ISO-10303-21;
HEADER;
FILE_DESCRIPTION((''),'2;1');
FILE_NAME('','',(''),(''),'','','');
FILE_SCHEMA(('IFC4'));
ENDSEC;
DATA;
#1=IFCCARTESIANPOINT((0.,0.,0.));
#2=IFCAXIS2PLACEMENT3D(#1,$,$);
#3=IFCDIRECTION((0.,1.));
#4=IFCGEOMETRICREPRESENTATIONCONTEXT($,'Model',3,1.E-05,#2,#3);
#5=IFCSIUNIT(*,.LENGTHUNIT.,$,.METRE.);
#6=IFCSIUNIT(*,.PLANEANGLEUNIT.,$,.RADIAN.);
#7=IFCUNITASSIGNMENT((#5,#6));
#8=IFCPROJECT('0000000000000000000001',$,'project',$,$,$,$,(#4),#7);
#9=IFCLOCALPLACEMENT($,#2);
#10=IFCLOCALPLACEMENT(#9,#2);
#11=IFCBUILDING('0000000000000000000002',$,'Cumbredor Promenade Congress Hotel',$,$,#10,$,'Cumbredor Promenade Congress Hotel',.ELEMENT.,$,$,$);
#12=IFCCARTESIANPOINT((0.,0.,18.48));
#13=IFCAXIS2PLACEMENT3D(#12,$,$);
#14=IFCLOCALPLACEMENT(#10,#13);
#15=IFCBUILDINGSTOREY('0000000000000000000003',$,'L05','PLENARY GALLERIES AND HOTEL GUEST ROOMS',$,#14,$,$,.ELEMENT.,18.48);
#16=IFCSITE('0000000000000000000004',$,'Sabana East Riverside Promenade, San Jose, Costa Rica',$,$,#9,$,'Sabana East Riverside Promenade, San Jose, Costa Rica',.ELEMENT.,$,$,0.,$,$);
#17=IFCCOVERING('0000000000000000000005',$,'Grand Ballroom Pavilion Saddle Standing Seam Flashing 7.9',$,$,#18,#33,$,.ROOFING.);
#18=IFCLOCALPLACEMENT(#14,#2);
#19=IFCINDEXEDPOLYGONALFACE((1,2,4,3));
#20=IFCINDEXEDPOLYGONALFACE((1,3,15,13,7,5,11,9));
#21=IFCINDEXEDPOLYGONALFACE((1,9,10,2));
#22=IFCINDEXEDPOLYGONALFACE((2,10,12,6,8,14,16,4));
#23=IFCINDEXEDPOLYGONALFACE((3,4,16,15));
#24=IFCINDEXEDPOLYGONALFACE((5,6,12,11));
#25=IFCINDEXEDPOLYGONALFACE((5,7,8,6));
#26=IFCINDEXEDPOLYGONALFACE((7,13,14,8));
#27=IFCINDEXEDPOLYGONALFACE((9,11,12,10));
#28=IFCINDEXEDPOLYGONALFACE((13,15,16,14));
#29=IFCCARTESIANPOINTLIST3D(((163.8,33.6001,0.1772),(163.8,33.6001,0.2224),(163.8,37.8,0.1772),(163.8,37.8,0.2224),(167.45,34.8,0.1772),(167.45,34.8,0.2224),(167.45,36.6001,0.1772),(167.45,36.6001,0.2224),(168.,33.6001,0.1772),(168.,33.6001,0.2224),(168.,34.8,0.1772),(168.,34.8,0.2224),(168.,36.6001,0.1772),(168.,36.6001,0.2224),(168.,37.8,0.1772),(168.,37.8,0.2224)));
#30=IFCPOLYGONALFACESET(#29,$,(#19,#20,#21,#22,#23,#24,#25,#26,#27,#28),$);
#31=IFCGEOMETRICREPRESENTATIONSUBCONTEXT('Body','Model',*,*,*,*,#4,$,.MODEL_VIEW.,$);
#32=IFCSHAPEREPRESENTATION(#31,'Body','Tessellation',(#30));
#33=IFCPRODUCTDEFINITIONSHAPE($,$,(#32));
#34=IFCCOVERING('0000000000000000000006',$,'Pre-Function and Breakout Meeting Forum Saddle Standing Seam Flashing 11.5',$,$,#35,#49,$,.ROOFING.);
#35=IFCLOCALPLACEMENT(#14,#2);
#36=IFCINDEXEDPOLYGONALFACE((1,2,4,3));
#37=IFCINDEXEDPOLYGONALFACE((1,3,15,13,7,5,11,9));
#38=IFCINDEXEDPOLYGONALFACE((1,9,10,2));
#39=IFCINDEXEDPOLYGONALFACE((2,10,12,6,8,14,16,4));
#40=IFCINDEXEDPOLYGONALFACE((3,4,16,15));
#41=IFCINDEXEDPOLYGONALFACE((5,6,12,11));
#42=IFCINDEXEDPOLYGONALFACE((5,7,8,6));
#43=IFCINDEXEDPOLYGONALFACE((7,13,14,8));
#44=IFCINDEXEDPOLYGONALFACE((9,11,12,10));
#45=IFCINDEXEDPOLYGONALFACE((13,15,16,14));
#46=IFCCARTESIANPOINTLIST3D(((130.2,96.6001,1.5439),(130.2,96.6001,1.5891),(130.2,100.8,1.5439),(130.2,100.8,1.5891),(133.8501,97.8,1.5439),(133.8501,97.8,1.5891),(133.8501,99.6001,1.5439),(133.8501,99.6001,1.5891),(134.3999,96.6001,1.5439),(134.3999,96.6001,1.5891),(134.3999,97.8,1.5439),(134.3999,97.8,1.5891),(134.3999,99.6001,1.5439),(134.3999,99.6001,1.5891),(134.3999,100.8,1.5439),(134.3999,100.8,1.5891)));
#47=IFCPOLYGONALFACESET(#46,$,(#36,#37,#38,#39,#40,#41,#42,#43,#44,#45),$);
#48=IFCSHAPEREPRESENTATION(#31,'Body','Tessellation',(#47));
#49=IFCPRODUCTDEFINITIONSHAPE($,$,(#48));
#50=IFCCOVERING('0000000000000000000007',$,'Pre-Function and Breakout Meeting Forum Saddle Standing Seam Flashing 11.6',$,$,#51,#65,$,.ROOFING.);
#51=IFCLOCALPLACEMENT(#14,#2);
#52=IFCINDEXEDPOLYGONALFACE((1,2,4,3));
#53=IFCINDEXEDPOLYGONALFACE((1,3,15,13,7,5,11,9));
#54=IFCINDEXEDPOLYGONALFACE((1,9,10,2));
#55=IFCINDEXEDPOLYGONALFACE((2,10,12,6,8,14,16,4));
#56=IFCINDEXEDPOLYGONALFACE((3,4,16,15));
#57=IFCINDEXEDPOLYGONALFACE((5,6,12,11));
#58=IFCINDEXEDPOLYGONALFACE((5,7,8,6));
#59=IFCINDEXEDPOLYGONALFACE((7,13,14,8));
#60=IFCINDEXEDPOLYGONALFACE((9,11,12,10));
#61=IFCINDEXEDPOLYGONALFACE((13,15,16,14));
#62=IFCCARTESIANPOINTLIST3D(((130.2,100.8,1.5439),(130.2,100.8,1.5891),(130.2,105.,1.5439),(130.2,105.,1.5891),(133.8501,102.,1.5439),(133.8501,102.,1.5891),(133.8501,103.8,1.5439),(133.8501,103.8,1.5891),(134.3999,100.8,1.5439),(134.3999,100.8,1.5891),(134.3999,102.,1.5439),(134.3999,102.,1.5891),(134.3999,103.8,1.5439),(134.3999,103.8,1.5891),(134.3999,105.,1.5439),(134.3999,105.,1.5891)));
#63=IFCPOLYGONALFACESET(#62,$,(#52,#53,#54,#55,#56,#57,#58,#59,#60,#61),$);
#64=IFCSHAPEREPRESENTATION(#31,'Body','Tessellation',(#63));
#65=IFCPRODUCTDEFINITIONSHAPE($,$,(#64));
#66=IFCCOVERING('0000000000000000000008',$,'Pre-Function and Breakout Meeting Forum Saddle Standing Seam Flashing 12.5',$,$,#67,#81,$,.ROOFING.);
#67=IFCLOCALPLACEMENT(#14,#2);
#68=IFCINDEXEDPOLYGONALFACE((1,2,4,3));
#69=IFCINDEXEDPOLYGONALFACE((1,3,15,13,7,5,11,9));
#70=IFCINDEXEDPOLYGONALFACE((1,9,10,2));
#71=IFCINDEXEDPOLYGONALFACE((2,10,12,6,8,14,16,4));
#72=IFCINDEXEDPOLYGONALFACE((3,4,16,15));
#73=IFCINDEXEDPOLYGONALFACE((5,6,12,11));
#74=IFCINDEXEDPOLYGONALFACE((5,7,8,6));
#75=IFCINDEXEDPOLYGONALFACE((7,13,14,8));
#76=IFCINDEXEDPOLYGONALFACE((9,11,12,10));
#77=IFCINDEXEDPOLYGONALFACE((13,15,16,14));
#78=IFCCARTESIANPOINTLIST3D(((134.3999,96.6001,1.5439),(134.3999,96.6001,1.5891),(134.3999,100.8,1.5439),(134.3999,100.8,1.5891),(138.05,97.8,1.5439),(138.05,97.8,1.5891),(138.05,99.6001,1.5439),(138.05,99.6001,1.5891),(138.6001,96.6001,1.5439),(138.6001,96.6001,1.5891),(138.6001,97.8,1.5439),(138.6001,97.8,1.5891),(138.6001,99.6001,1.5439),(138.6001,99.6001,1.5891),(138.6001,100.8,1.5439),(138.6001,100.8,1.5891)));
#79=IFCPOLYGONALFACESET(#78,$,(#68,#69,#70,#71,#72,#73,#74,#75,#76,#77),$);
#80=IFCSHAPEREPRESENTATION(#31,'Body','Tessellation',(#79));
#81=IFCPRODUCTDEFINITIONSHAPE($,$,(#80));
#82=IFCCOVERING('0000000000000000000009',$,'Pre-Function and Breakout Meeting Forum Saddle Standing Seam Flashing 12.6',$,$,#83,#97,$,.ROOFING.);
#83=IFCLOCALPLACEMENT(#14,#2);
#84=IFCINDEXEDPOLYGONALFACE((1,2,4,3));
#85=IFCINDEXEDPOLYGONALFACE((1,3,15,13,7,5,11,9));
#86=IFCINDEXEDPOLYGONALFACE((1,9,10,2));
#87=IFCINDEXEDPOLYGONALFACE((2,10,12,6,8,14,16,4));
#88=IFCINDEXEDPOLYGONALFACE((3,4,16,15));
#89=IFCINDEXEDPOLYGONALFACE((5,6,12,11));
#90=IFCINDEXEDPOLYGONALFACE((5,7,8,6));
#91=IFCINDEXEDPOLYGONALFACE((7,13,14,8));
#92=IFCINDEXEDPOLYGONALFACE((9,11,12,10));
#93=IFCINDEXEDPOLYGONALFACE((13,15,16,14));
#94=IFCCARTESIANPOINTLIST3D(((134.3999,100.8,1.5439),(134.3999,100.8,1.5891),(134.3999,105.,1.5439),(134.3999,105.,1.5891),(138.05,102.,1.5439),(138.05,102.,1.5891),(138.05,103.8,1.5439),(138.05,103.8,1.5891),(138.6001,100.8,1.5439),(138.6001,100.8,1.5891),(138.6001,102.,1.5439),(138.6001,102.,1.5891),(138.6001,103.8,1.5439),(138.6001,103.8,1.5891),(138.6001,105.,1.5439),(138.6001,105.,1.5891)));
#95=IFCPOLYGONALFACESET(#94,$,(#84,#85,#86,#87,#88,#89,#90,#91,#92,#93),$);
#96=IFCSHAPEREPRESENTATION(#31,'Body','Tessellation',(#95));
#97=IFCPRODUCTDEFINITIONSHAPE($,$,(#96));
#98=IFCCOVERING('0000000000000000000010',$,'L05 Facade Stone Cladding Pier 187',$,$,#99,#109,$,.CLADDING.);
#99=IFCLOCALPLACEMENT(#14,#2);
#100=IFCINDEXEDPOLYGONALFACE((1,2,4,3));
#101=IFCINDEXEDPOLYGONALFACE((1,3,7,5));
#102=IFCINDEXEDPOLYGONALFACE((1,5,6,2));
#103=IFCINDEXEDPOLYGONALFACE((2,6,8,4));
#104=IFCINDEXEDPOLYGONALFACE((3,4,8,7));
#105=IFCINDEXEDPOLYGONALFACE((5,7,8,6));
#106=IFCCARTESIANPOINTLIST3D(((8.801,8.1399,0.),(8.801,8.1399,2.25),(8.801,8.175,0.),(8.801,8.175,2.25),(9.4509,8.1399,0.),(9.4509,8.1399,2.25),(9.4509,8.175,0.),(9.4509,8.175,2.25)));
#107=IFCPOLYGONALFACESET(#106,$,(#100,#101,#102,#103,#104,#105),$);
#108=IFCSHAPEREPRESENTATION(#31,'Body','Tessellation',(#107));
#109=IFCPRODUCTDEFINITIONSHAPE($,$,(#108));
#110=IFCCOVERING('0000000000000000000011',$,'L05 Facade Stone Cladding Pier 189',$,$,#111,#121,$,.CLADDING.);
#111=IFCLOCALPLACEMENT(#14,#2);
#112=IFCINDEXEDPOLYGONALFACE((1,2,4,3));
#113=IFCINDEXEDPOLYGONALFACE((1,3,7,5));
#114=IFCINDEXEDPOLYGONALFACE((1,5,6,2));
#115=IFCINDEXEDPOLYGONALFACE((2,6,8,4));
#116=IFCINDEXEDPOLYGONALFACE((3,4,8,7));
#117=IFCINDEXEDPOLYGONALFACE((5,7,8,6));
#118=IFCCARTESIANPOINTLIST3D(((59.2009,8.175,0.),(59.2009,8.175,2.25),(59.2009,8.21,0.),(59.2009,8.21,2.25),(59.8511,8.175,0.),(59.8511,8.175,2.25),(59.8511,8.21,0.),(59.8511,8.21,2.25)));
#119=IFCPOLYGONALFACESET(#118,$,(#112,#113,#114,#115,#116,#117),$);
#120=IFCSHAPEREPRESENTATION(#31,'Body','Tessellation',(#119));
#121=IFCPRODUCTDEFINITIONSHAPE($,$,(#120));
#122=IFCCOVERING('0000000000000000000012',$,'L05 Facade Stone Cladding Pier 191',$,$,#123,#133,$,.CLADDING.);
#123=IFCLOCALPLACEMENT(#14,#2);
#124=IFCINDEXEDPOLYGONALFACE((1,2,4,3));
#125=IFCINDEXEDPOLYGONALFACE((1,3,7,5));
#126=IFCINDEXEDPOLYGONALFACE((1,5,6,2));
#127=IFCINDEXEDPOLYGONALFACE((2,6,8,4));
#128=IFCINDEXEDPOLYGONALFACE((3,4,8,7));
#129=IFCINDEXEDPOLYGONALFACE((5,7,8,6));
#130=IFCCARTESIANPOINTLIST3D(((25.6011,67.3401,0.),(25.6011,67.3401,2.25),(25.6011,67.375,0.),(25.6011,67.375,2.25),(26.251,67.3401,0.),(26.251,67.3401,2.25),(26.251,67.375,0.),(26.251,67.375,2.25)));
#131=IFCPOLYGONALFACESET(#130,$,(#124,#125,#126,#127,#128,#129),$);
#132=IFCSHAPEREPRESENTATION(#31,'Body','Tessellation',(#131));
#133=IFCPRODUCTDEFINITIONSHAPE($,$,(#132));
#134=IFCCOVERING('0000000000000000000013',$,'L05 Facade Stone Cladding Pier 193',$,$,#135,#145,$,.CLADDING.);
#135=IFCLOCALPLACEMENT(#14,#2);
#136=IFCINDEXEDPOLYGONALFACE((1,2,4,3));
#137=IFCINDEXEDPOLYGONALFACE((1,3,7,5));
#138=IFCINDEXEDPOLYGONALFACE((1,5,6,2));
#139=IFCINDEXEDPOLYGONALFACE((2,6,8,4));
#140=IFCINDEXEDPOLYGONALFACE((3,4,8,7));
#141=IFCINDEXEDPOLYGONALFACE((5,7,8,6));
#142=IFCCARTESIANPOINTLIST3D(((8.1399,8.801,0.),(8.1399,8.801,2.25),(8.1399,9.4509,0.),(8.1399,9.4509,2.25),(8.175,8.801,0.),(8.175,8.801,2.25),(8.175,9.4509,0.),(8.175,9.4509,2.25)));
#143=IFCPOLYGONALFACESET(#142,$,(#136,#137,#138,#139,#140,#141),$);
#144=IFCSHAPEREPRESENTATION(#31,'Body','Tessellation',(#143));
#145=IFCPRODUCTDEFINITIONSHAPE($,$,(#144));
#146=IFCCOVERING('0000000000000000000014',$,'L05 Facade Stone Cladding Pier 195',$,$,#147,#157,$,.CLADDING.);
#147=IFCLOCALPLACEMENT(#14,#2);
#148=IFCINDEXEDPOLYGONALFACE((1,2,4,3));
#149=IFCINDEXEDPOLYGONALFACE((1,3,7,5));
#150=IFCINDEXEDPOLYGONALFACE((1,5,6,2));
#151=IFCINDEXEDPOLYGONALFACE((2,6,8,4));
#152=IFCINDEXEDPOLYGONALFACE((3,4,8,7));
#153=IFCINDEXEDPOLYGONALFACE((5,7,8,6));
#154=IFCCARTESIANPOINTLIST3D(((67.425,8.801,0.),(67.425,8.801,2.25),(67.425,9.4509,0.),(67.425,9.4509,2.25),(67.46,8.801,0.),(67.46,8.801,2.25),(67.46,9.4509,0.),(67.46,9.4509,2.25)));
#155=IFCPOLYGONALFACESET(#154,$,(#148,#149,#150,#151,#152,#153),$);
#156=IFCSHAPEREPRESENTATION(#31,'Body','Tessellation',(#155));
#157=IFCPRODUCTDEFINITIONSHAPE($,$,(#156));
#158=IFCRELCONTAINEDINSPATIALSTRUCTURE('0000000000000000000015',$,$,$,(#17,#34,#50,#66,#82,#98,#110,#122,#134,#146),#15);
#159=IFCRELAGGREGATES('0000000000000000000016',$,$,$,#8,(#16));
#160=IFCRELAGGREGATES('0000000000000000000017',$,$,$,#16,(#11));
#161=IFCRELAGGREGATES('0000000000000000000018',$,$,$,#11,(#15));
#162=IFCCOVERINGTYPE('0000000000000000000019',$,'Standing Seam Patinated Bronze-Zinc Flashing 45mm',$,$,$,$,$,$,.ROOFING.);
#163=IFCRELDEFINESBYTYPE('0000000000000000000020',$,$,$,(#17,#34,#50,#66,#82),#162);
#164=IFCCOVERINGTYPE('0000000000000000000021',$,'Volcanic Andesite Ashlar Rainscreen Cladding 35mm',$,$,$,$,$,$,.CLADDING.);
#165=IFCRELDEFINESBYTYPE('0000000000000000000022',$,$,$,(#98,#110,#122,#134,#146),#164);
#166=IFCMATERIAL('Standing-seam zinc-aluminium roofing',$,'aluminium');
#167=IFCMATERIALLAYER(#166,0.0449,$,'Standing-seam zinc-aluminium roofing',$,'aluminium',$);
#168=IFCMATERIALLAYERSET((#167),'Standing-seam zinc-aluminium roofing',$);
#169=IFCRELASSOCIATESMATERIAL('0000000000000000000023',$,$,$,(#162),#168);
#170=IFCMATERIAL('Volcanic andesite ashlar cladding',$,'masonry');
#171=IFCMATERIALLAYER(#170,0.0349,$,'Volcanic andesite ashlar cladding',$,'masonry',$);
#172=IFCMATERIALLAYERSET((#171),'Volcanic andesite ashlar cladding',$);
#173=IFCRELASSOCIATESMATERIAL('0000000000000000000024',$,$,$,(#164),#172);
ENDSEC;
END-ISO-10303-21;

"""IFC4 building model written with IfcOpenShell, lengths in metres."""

from ifc_helpers import new_model, si_unit, direction, frame, origin, place, context, subcontext, project, spatial, polyline, outline, extrude, material, layer, layer_set, type_object, element, save


model = new_model("IFC4")

# Units and contexts
model_context = context("Model", 3, precision=1e-05, world=origin(), true_north=direction((0.0, 1.0)))
body_context = subcontext(model_context, "Body", "Model", "MODEL_VIEW")
ifc_project = project(units=[si_unit("LENGTHUNIT", "METRE"), si_unit("PLANEANGLEUNIT", "RADIAN")], contexts=[model_context])

# Site, building, storey
site_placement = place(None, origin())
site = spatial("IfcSite", under=ifc_project, at=site_placement, Name="Sabana East Riverside Promenade, San Jose, Costa Rica", LongName="Sabana East Riverside Promenade, San Jose, Costa Rica", CompositionType="ELEMENT", RefElevation=0.0)
building_placement = place(site_placement, origin())
building = spatial("IfcBuilding", under=site, at=building_placement, Name="Cumbredor Promenade Congress Hotel", LongName="Cumbredor Promenade Congress Hotel", CompositionType="ELEMENT")
storey_placement = place(building_placement, frame((0.0, 0.0, 18.48)))
storey = spatial("IfcBuildingStorey", under=building, at=storey_placement, Name="L05", Description="PLENARY GALLERIES AND HOTEL GUEST ROOMS", CompositionType="ELEMENT", Elevation=18.48)

# Coverings
ifc_material_1 = material(Name="Standing-seam zinc-aluminium roofing", Category="aluminium")
ifc_layer_1 = layer(ifc_material_1, 0.0449, Name="Standing-seam zinc-aluminium roofing", Category="aluminium")
ifc_layer_set_1 = layer_set([ifc_layer_1], Name="Standing-seam zinc-aluminium roofing")
covering_type_1 = type_object("IfcCoveringType", Name="Standing Seam Patinated Bronze-Zinc Flashing 45mm", PredefinedType="ROOFING", material=ifc_layer_set_1)
covering_1_placement = place(storey_placement, frame((0.0, 0.0, 0.1772)))
element("IfcCovering", 1, at=covering_1_placement, inside=storey, type_object=covering_type_1, Name="Grand Ballroom Pavilion Saddle Standing Seam Flashing 7.9", PredefinedType="ROOFING", context=body_context, shape_type="SweptSolid", body=[
    extrude(outline(polyline([(163.8, 33.6001), (168.0, 33.6001), (168.0, 34.8), (167.45, 34.8), (167.45, 36.6001), (168.0, 36.6001), (168.0, 37.8), (163.8, 37.8), (163.8, 33.6001)])), origin(), (0.0, 0.0, 1.0), 0.0452),
])
covering_2_placement = place(storey_placement, frame((0.0, 0.0, 1.5439)))
element("IfcCovering", 2, at=covering_2_placement, inside=storey, type_object=covering_type_1, Name="Pre-Function and Breakout Meeting Forum Saddle Standing Seam Flashing 11.5", PredefinedType="ROOFING", context=body_context, shape_type="SweptSolid", body=[
    extrude(outline(polyline([(130.2, 96.6001), (134.3999, 96.6001), (134.3999, 97.8), (133.8501, 97.8), (133.8501, 99.6001), (134.3999, 99.6001), (134.3999, 100.8), (130.2, 100.8), (130.2, 96.6001)])), origin(), (0.0, 0.0, 1.0), 0.0452),
])
covering_3_placement = place(storey_placement, frame((0.0, 0.0, 1.5439)))
element("IfcCovering", 3, at=covering_3_placement, inside=storey, type_object=covering_type_1, Name="Pre-Function and Breakout Meeting Forum Saddle Standing Seam Flashing 11.6", PredefinedType="ROOFING", context=body_context, shape_type="SweptSolid", body=[
    extrude(outline(polyline([(130.2, 100.8), (134.3999, 100.8), (134.3999, 102.0), (133.8501, 102.0), (133.8501, 103.8), (134.3999, 103.8), (134.3999, 105.0), (130.2, 105.0), (130.2, 100.8)])), origin(), (0.0, 0.0, 1.0), 0.0452),
])
covering_4_placement = place(storey_placement, frame((0.0, 0.0, 1.5439)))
element("IfcCovering", 4, at=covering_4_placement, inside=storey, type_object=covering_type_1, Name="Pre-Function and Breakout Meeting Forum Saddle Standing Seam Flashing 12.5", PredefinedType="ROOFING", context=body_context, shape_type="SweptSolid", body=[
    extrude(outline(polyline([(134.3999, 96.6001), (138.6001, 96.6001), (138.6001, 97.8), (138.05, 97.8), (138.05, 99.6001), (138.6001, 99.6001), (138.6001, 100.8), (134.3999, 100.8), (134.3999, 96.6001)])), origin(), (0.0, 0.0, 1.0), 0.0452),
])
covering_5_placement = place(storey_placement, frame((0.0, 0.0, 1.5439)))
element("IfcCovering", 5, at=covering_5_placement, inside=storey, type_object=covering_type_1, Name="Pre-Function and Breakout Meeting Forum Saddle Standing Seam Flashing 12.6", PredefinedType="ROOFING", context=body_context, shape_type="SweptSolid", body=[
    extrude(outline(polyline([(134.3999, 100.8), (138.6001, 100.8), (138.6001, 102.0), (138.05, 102.0), (138.05, 103.8), (138.6001, 103.8), (138.6001, 105.0), (134.3999, 105.0), (134.3999, 100.8)])), origin(), (0.0, 0.0, 1.0), 0.0452),
])
ifc_material_2 = material(Name="Volcanic andesite ashlar cladding", Category="masonry")
ifc_layer_2 = layer(ifc_material_2, 0.0349, Name="Volcanic andesite ashlar cladding", Category="masonry")
ifc_layer_set_2 = layer_set([ifc_layer_2], Name="Volcanic andesite ashlar cladding")
covering_type_2 = type_object("IfcCoveringType", Name="Volcanic Andesite Ashlar Rainscreen Cladding 35mm", PredefinedType="CLADDING", material=ifc_layer_set_2)
covering_6_placement = place(storey_placement, origin())
element("IfcCovering", 6, at=covering_6_placement, inside=storey, type_object=covering_type_2, Name="L05 Facade Stone Cladding Pier 187", PredefinedType="CLADDING", context=body_context, shape_type="SweptSolid", body=[
    extrude(outline(polyline([(8.801, 8.175), (9.4509, 8.175), (9.4509, 8.1399), (8.801, 8.1399), (8.801, 8.175)])), origin(), (0.0, 0.0, 1.0), 2.25),
])
covering_7_placement = place(storey_placement, origin())
element("IfcCovering", 7, at=covering_7_placement, inside=storey, type_object=covering_type_2, Name="L05 Facade Stone Cladding Pier 189", PredefinedType="CLADDING", context=body_context, shape_type="SweptSolid", body=[
    extrude(outline(polyline([(59.2009, 8.21), (59.8511, 8.21), (59.8511, 8.175), (59.2009, 8.175), (59.2009, 8.21)])), origin(), (0.0, 0.0, 1.0), 2.25),
])
covering_8_placement = place(storey_placement, origin())
element("IfcCovering", 8, at=covering_8_placement, inside=storey, type_object=covering_type_2, Name="L05 Facade Stone Cladding Pier 191", PredefinedType="CLADDING", context=body_context, shape_type="SweptSolid", body=[
    extrude(outline(polyline([(25.6011, 67.3401), (26.251, 67.3401), (26.251, 67.375), (25.6011, 67.375), (25.6011, 67.3401)])), origin(), (0.0, 0.0, 1.0), 2.25),
])
covering_9_placement = place(storey_placement, origin())
element("IfcCovering", 9, at=covering_9_placement, inside=storey, type_object=covering_type_2, Name="L05 Facade Stone Cladding Pier 193", PredefinedType="CLADDING", context=body_context, shape_type="SweptSolid", body=[
    extrude(outline(polyline([(8.175, 8.801), (8.175, 9.4509), (8.1399, 9.4509), (8.1399, 8.801), (8.175, 8.801)])), origin(), (0.0, 0.0, 1.0), 2.25),
])
covering_10_placement = place(storey_placement, origin())
element("IfcCovering", 10, at=covering_10_placement, inside=storey, type_object=covering_type_2, Name="L05 Facade Stone Cladding Pier 195", PredefinedType="CLADDING", context=body_context, shape_type="SweptSolid", body=[
    extrude(outline(polyline([(67.425, 8.801), (67.425, 9.4509), (67.46, 9.4509), (67.46, 8.801), (67.425, 8.801)])), origin(), (0.0, 0.0, 1.0), 2.25),
])

save(model, "model.ifc")
